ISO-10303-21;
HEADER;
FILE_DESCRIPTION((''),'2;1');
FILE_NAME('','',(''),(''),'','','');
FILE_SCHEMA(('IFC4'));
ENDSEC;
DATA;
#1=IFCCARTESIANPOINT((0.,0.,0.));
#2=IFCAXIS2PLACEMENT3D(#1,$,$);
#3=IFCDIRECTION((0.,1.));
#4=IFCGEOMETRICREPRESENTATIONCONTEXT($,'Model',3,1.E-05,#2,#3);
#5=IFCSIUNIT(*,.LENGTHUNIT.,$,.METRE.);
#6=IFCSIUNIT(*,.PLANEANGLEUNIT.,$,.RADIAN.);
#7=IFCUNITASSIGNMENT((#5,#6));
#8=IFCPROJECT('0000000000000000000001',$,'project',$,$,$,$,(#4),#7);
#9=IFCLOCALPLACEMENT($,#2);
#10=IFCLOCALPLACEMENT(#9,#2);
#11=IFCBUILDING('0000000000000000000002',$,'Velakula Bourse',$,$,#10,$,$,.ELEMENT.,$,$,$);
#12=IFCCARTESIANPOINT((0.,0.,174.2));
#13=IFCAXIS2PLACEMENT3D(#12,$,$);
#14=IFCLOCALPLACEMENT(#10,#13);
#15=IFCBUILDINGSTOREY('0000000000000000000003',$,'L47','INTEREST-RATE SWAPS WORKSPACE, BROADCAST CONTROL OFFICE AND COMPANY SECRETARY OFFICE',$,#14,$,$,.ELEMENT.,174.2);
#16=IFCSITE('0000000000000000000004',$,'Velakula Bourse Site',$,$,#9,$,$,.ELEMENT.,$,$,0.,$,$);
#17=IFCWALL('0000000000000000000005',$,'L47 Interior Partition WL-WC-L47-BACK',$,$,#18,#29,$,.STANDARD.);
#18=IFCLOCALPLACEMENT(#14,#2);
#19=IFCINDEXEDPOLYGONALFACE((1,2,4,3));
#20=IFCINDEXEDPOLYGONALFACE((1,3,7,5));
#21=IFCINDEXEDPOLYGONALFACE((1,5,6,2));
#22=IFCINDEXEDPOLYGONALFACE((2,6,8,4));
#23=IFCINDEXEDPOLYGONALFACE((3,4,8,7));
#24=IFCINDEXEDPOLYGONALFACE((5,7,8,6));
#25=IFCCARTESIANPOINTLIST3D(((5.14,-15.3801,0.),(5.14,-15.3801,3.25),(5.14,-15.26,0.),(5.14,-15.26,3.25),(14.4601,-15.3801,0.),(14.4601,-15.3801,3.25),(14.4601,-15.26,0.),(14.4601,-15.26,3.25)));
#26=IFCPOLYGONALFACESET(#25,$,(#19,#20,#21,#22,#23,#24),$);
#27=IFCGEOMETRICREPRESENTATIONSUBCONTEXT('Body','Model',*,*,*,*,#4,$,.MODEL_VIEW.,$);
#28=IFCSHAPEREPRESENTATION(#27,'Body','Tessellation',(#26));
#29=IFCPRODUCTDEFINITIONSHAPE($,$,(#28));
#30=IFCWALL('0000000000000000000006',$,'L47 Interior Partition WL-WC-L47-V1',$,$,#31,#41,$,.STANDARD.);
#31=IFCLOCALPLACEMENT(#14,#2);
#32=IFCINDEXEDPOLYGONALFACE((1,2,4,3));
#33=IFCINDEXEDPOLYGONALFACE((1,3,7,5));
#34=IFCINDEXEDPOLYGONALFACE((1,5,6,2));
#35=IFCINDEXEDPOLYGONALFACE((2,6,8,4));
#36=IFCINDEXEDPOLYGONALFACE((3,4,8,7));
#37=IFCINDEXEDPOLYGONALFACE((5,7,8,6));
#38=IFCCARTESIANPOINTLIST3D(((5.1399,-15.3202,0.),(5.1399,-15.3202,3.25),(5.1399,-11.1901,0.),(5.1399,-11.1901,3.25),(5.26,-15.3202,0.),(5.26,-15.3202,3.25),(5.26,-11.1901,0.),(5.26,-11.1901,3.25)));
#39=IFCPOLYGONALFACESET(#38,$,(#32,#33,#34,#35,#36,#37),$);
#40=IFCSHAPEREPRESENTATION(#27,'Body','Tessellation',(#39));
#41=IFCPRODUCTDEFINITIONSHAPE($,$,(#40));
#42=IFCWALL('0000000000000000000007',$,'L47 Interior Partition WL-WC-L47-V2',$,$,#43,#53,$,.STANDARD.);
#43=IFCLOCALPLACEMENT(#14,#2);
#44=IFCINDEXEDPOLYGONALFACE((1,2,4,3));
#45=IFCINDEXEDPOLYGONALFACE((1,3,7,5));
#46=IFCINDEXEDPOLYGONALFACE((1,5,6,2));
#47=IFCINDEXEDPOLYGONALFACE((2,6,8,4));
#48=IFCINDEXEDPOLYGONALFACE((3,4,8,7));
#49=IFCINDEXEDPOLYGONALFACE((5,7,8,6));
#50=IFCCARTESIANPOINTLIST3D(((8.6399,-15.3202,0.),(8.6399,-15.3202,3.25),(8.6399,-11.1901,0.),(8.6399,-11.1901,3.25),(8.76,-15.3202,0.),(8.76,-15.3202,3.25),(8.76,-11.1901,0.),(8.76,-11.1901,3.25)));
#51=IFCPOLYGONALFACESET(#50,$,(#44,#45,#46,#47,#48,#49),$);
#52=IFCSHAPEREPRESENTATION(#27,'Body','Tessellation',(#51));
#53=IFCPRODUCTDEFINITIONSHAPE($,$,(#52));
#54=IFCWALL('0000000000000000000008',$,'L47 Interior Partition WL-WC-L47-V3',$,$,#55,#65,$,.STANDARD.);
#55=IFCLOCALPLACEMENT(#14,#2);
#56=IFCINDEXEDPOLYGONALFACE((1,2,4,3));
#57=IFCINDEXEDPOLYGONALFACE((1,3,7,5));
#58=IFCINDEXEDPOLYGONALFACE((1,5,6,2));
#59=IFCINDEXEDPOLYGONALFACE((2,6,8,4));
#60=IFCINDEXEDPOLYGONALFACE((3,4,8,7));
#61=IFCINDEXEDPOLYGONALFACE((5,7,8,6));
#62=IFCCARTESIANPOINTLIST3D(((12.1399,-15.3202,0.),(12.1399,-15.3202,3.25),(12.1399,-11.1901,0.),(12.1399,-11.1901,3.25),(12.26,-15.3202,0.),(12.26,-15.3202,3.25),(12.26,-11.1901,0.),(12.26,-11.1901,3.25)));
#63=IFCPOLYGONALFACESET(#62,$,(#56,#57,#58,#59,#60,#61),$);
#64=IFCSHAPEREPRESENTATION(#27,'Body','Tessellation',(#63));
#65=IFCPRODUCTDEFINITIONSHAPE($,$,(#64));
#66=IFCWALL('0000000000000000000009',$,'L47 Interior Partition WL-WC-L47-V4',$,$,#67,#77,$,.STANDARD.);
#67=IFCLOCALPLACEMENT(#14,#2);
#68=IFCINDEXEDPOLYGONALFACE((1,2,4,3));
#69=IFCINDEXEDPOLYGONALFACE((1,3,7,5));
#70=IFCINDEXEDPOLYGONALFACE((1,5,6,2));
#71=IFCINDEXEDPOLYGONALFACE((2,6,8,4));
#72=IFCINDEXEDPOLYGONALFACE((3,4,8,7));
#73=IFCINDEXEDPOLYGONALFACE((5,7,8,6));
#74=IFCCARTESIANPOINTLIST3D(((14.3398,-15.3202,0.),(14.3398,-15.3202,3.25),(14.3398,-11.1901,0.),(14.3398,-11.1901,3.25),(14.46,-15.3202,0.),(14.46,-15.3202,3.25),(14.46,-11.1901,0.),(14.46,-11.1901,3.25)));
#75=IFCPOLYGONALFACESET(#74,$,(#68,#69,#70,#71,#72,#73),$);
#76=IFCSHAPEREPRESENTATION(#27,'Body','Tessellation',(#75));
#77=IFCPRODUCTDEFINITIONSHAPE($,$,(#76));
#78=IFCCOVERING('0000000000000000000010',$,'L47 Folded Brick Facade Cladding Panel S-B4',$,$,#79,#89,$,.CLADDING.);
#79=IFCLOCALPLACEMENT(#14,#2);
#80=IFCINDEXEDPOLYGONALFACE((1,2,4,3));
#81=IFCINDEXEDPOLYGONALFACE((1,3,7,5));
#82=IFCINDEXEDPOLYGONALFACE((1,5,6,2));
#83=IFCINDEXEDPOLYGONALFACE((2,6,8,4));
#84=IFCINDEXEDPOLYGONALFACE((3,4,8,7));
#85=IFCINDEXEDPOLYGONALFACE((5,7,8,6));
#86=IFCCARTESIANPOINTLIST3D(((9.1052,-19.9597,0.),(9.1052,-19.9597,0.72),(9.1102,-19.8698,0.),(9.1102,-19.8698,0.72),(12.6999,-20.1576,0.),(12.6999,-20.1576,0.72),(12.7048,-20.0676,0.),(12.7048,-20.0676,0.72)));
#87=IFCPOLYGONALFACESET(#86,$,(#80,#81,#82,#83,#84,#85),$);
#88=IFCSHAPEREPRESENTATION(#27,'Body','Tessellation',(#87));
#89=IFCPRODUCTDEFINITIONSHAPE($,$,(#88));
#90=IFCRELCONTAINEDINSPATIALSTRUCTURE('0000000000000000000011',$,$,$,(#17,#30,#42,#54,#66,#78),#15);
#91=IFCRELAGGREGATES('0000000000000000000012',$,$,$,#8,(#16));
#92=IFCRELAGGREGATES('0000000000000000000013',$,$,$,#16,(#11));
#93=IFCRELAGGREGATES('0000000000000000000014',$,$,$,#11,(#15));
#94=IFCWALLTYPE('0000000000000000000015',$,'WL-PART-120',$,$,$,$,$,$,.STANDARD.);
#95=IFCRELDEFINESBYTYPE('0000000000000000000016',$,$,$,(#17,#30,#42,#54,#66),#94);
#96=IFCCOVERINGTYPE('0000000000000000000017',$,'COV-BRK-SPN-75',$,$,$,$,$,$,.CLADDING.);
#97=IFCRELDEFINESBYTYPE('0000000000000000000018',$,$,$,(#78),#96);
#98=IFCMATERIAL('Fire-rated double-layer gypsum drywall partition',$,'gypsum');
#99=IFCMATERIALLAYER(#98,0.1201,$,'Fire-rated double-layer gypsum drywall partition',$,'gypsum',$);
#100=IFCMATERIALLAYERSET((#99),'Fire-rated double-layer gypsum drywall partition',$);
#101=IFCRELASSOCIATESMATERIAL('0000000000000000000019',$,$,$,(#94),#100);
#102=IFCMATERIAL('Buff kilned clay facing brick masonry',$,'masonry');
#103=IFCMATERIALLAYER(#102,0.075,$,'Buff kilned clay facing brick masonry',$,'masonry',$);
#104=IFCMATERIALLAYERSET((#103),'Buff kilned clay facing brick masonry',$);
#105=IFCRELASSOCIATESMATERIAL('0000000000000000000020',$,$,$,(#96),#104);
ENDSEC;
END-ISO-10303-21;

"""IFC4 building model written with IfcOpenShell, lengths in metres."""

from ifc_helpers import new_model, si_unit, direction, frame, frame_2d, origin, origin_2d, place, context, subcontext, project, spatial, rectangle, extrude, material, layer, layer_set, type_object, element, save


model = new_model("IFC4")

# Units and contexts
model_context = context("Model", 3, precision=1e-05, world=origin(), true_north=direction((0.0, 1.0)))
body_context = subcontext(model_context, "Body", "Model", "MODEL_VIEW")
ifc_project = project(units=[si_unit("LENGTHUNIT", "METRE"), si_unit("PLANEANGLEUNIT", "RADIAN")], contexts=[model_context])

# Site, building, storey
site_placement = place(None, origin())
site = spatial("IfcSite", under=ifc_project, at=site_placement, Name="Velakula Bourse Site", CompositionType="ELEMENT", RefElevation=0.0)
building_placement = place(site_placement, origin())
building = spatial("IfcBuilding", under=site, at=building_placement, Name="Velakula Bourse", CompositionType="ELEMENT")
storey_placement = place(building_placement, frame((0.0, 0.0, 174.2)))
storey = spatial("IfcBuildingStorey", under=building, at=storey_placement, Name="L47", Description="INTEREST-RATE SWAPS WORKSPACE, BROADCAST CONTROL OFFICE AND COMPANY SECRETARY OFFICE", CompositionType="ELEMENT", Elevation=174.2)

# Walls
ifc_material_1 = material(Name="Fire-rated double-layer gypsum drywall partition", Category="gypsum")
ifc_layer_1 = layer(ifc_material_1, 0.1201, Name="Fire-rated double-layer gypsum drywall partition", Category="gypsum")
ifc_layer_set_1 = layer_set([ifc_layer_1], Name="Fire-rated double-layer gypsum drywall partition")
wall_type_1 = type_object("IfcWallType", Name="WL-PART-120", PredefinedType="STANDARD", material=ifc_layer_set_1)
wall_1_placement = place(storey_placement, frame((5.1399, -15.3201, 0.0), z_axis=(0.0, 0.0, 1.0), x_axis=(1.0, 0.0, 0.0)))
element("IfcWall", 1, at=wall_1_placement, inside=storey, type_object=wall_type_1, Name="L47 Interior Partition WL-WC-L47-BACK", PredefinedType="STANDARD", context=body_context, shape_type="SweptSolid", body=[
    extrude(rectangle(XDim=9.3201, YDim=0.1201, at=frame_2d((4.6602, 0.0))), origin(), (0.0, 0.0, 1.0), 3.25),
])
for number, where, z_axis, x_axis, name in (
    (2, (5.2, -15.3201, 0.0), (0.0, 0.0, 1.0), (0.0, 1.0, 0.0), "L47 Interior Partition WL-WC-L47-V1"),
    (3, (8.7, -15.3201, 0.0), (0.0, 0.0, 1.0), (0.0, 1.0, 0.0), "L47 Interior Partition WL-WC-L47-V2"),
    (4, (12.2, -15.3201, 0.0), (0.0, 0.0, 1.0), (0.0, 1.0, 0.0), "L47 Interior Partition WL-WC-L47-V3"),
    (5, (14.3999, -15.3201, 0.0), (0.0, 0.0, 1.0), (0.0, 1.0, 0.0), "L47 Interior Partition WL-WC-L47-V4"),
):
    element("IfcWall", number, at=place(storey_placement, frame(where, z_axis=z_axis, x_axis=x_axis)), inside=storey, type_object=wall_type_1, Name=name, PredefinedType="STANDARD", context=body_context, shape_type="SweptSolid", body=[
        extrude(rectangle(XDim=4.1301, YDim=0.1201, at=frame_2d((2.0649, 0.0))), origin(), (0.0, 0.0, 1.0), 3.25),
    ])

# Covering
ifc_material_2 = material(Name="Buff kilned clay facing brick masonry", Category="masonry")
ifc_layer_2 = layer(ifc_material_2, 0.075, Name="Buff kilned clay facing brick masonry", Category="masonry")
ifc_layer_set_2 = layer_set([ifc_layer_2], Name="Buff kilned clay facing brick masonry")
covering_type = type_object("IfcCoveringType", Name="COV-BRK-SPN-75", PredefinedType="CLADDING", material=ifc_layer_set_2)
covering_placement = place(storey_placement, frame((10.905, -20.0137, 0.0), z_axis=(0.0, 0.0, 1.0), x_axis=(0.998489, -0.05495, 0.0)))
element("IfcCovering", 6, at=covering_placement, inside=storey, type_object=covering_type, Name="L47 Folded Brick Facade Cladding Panel S-B4", PredefinedType="CLADDING", context=body_context, shape_type="SweptSolid", body=[
    extrude(rectangle(XDim=3.6001, YDim=0.0901, at=origin_2d()), origin(), (0.0, 0.0, 1.0), 0.72),
])

save(model, "model.ifc")
